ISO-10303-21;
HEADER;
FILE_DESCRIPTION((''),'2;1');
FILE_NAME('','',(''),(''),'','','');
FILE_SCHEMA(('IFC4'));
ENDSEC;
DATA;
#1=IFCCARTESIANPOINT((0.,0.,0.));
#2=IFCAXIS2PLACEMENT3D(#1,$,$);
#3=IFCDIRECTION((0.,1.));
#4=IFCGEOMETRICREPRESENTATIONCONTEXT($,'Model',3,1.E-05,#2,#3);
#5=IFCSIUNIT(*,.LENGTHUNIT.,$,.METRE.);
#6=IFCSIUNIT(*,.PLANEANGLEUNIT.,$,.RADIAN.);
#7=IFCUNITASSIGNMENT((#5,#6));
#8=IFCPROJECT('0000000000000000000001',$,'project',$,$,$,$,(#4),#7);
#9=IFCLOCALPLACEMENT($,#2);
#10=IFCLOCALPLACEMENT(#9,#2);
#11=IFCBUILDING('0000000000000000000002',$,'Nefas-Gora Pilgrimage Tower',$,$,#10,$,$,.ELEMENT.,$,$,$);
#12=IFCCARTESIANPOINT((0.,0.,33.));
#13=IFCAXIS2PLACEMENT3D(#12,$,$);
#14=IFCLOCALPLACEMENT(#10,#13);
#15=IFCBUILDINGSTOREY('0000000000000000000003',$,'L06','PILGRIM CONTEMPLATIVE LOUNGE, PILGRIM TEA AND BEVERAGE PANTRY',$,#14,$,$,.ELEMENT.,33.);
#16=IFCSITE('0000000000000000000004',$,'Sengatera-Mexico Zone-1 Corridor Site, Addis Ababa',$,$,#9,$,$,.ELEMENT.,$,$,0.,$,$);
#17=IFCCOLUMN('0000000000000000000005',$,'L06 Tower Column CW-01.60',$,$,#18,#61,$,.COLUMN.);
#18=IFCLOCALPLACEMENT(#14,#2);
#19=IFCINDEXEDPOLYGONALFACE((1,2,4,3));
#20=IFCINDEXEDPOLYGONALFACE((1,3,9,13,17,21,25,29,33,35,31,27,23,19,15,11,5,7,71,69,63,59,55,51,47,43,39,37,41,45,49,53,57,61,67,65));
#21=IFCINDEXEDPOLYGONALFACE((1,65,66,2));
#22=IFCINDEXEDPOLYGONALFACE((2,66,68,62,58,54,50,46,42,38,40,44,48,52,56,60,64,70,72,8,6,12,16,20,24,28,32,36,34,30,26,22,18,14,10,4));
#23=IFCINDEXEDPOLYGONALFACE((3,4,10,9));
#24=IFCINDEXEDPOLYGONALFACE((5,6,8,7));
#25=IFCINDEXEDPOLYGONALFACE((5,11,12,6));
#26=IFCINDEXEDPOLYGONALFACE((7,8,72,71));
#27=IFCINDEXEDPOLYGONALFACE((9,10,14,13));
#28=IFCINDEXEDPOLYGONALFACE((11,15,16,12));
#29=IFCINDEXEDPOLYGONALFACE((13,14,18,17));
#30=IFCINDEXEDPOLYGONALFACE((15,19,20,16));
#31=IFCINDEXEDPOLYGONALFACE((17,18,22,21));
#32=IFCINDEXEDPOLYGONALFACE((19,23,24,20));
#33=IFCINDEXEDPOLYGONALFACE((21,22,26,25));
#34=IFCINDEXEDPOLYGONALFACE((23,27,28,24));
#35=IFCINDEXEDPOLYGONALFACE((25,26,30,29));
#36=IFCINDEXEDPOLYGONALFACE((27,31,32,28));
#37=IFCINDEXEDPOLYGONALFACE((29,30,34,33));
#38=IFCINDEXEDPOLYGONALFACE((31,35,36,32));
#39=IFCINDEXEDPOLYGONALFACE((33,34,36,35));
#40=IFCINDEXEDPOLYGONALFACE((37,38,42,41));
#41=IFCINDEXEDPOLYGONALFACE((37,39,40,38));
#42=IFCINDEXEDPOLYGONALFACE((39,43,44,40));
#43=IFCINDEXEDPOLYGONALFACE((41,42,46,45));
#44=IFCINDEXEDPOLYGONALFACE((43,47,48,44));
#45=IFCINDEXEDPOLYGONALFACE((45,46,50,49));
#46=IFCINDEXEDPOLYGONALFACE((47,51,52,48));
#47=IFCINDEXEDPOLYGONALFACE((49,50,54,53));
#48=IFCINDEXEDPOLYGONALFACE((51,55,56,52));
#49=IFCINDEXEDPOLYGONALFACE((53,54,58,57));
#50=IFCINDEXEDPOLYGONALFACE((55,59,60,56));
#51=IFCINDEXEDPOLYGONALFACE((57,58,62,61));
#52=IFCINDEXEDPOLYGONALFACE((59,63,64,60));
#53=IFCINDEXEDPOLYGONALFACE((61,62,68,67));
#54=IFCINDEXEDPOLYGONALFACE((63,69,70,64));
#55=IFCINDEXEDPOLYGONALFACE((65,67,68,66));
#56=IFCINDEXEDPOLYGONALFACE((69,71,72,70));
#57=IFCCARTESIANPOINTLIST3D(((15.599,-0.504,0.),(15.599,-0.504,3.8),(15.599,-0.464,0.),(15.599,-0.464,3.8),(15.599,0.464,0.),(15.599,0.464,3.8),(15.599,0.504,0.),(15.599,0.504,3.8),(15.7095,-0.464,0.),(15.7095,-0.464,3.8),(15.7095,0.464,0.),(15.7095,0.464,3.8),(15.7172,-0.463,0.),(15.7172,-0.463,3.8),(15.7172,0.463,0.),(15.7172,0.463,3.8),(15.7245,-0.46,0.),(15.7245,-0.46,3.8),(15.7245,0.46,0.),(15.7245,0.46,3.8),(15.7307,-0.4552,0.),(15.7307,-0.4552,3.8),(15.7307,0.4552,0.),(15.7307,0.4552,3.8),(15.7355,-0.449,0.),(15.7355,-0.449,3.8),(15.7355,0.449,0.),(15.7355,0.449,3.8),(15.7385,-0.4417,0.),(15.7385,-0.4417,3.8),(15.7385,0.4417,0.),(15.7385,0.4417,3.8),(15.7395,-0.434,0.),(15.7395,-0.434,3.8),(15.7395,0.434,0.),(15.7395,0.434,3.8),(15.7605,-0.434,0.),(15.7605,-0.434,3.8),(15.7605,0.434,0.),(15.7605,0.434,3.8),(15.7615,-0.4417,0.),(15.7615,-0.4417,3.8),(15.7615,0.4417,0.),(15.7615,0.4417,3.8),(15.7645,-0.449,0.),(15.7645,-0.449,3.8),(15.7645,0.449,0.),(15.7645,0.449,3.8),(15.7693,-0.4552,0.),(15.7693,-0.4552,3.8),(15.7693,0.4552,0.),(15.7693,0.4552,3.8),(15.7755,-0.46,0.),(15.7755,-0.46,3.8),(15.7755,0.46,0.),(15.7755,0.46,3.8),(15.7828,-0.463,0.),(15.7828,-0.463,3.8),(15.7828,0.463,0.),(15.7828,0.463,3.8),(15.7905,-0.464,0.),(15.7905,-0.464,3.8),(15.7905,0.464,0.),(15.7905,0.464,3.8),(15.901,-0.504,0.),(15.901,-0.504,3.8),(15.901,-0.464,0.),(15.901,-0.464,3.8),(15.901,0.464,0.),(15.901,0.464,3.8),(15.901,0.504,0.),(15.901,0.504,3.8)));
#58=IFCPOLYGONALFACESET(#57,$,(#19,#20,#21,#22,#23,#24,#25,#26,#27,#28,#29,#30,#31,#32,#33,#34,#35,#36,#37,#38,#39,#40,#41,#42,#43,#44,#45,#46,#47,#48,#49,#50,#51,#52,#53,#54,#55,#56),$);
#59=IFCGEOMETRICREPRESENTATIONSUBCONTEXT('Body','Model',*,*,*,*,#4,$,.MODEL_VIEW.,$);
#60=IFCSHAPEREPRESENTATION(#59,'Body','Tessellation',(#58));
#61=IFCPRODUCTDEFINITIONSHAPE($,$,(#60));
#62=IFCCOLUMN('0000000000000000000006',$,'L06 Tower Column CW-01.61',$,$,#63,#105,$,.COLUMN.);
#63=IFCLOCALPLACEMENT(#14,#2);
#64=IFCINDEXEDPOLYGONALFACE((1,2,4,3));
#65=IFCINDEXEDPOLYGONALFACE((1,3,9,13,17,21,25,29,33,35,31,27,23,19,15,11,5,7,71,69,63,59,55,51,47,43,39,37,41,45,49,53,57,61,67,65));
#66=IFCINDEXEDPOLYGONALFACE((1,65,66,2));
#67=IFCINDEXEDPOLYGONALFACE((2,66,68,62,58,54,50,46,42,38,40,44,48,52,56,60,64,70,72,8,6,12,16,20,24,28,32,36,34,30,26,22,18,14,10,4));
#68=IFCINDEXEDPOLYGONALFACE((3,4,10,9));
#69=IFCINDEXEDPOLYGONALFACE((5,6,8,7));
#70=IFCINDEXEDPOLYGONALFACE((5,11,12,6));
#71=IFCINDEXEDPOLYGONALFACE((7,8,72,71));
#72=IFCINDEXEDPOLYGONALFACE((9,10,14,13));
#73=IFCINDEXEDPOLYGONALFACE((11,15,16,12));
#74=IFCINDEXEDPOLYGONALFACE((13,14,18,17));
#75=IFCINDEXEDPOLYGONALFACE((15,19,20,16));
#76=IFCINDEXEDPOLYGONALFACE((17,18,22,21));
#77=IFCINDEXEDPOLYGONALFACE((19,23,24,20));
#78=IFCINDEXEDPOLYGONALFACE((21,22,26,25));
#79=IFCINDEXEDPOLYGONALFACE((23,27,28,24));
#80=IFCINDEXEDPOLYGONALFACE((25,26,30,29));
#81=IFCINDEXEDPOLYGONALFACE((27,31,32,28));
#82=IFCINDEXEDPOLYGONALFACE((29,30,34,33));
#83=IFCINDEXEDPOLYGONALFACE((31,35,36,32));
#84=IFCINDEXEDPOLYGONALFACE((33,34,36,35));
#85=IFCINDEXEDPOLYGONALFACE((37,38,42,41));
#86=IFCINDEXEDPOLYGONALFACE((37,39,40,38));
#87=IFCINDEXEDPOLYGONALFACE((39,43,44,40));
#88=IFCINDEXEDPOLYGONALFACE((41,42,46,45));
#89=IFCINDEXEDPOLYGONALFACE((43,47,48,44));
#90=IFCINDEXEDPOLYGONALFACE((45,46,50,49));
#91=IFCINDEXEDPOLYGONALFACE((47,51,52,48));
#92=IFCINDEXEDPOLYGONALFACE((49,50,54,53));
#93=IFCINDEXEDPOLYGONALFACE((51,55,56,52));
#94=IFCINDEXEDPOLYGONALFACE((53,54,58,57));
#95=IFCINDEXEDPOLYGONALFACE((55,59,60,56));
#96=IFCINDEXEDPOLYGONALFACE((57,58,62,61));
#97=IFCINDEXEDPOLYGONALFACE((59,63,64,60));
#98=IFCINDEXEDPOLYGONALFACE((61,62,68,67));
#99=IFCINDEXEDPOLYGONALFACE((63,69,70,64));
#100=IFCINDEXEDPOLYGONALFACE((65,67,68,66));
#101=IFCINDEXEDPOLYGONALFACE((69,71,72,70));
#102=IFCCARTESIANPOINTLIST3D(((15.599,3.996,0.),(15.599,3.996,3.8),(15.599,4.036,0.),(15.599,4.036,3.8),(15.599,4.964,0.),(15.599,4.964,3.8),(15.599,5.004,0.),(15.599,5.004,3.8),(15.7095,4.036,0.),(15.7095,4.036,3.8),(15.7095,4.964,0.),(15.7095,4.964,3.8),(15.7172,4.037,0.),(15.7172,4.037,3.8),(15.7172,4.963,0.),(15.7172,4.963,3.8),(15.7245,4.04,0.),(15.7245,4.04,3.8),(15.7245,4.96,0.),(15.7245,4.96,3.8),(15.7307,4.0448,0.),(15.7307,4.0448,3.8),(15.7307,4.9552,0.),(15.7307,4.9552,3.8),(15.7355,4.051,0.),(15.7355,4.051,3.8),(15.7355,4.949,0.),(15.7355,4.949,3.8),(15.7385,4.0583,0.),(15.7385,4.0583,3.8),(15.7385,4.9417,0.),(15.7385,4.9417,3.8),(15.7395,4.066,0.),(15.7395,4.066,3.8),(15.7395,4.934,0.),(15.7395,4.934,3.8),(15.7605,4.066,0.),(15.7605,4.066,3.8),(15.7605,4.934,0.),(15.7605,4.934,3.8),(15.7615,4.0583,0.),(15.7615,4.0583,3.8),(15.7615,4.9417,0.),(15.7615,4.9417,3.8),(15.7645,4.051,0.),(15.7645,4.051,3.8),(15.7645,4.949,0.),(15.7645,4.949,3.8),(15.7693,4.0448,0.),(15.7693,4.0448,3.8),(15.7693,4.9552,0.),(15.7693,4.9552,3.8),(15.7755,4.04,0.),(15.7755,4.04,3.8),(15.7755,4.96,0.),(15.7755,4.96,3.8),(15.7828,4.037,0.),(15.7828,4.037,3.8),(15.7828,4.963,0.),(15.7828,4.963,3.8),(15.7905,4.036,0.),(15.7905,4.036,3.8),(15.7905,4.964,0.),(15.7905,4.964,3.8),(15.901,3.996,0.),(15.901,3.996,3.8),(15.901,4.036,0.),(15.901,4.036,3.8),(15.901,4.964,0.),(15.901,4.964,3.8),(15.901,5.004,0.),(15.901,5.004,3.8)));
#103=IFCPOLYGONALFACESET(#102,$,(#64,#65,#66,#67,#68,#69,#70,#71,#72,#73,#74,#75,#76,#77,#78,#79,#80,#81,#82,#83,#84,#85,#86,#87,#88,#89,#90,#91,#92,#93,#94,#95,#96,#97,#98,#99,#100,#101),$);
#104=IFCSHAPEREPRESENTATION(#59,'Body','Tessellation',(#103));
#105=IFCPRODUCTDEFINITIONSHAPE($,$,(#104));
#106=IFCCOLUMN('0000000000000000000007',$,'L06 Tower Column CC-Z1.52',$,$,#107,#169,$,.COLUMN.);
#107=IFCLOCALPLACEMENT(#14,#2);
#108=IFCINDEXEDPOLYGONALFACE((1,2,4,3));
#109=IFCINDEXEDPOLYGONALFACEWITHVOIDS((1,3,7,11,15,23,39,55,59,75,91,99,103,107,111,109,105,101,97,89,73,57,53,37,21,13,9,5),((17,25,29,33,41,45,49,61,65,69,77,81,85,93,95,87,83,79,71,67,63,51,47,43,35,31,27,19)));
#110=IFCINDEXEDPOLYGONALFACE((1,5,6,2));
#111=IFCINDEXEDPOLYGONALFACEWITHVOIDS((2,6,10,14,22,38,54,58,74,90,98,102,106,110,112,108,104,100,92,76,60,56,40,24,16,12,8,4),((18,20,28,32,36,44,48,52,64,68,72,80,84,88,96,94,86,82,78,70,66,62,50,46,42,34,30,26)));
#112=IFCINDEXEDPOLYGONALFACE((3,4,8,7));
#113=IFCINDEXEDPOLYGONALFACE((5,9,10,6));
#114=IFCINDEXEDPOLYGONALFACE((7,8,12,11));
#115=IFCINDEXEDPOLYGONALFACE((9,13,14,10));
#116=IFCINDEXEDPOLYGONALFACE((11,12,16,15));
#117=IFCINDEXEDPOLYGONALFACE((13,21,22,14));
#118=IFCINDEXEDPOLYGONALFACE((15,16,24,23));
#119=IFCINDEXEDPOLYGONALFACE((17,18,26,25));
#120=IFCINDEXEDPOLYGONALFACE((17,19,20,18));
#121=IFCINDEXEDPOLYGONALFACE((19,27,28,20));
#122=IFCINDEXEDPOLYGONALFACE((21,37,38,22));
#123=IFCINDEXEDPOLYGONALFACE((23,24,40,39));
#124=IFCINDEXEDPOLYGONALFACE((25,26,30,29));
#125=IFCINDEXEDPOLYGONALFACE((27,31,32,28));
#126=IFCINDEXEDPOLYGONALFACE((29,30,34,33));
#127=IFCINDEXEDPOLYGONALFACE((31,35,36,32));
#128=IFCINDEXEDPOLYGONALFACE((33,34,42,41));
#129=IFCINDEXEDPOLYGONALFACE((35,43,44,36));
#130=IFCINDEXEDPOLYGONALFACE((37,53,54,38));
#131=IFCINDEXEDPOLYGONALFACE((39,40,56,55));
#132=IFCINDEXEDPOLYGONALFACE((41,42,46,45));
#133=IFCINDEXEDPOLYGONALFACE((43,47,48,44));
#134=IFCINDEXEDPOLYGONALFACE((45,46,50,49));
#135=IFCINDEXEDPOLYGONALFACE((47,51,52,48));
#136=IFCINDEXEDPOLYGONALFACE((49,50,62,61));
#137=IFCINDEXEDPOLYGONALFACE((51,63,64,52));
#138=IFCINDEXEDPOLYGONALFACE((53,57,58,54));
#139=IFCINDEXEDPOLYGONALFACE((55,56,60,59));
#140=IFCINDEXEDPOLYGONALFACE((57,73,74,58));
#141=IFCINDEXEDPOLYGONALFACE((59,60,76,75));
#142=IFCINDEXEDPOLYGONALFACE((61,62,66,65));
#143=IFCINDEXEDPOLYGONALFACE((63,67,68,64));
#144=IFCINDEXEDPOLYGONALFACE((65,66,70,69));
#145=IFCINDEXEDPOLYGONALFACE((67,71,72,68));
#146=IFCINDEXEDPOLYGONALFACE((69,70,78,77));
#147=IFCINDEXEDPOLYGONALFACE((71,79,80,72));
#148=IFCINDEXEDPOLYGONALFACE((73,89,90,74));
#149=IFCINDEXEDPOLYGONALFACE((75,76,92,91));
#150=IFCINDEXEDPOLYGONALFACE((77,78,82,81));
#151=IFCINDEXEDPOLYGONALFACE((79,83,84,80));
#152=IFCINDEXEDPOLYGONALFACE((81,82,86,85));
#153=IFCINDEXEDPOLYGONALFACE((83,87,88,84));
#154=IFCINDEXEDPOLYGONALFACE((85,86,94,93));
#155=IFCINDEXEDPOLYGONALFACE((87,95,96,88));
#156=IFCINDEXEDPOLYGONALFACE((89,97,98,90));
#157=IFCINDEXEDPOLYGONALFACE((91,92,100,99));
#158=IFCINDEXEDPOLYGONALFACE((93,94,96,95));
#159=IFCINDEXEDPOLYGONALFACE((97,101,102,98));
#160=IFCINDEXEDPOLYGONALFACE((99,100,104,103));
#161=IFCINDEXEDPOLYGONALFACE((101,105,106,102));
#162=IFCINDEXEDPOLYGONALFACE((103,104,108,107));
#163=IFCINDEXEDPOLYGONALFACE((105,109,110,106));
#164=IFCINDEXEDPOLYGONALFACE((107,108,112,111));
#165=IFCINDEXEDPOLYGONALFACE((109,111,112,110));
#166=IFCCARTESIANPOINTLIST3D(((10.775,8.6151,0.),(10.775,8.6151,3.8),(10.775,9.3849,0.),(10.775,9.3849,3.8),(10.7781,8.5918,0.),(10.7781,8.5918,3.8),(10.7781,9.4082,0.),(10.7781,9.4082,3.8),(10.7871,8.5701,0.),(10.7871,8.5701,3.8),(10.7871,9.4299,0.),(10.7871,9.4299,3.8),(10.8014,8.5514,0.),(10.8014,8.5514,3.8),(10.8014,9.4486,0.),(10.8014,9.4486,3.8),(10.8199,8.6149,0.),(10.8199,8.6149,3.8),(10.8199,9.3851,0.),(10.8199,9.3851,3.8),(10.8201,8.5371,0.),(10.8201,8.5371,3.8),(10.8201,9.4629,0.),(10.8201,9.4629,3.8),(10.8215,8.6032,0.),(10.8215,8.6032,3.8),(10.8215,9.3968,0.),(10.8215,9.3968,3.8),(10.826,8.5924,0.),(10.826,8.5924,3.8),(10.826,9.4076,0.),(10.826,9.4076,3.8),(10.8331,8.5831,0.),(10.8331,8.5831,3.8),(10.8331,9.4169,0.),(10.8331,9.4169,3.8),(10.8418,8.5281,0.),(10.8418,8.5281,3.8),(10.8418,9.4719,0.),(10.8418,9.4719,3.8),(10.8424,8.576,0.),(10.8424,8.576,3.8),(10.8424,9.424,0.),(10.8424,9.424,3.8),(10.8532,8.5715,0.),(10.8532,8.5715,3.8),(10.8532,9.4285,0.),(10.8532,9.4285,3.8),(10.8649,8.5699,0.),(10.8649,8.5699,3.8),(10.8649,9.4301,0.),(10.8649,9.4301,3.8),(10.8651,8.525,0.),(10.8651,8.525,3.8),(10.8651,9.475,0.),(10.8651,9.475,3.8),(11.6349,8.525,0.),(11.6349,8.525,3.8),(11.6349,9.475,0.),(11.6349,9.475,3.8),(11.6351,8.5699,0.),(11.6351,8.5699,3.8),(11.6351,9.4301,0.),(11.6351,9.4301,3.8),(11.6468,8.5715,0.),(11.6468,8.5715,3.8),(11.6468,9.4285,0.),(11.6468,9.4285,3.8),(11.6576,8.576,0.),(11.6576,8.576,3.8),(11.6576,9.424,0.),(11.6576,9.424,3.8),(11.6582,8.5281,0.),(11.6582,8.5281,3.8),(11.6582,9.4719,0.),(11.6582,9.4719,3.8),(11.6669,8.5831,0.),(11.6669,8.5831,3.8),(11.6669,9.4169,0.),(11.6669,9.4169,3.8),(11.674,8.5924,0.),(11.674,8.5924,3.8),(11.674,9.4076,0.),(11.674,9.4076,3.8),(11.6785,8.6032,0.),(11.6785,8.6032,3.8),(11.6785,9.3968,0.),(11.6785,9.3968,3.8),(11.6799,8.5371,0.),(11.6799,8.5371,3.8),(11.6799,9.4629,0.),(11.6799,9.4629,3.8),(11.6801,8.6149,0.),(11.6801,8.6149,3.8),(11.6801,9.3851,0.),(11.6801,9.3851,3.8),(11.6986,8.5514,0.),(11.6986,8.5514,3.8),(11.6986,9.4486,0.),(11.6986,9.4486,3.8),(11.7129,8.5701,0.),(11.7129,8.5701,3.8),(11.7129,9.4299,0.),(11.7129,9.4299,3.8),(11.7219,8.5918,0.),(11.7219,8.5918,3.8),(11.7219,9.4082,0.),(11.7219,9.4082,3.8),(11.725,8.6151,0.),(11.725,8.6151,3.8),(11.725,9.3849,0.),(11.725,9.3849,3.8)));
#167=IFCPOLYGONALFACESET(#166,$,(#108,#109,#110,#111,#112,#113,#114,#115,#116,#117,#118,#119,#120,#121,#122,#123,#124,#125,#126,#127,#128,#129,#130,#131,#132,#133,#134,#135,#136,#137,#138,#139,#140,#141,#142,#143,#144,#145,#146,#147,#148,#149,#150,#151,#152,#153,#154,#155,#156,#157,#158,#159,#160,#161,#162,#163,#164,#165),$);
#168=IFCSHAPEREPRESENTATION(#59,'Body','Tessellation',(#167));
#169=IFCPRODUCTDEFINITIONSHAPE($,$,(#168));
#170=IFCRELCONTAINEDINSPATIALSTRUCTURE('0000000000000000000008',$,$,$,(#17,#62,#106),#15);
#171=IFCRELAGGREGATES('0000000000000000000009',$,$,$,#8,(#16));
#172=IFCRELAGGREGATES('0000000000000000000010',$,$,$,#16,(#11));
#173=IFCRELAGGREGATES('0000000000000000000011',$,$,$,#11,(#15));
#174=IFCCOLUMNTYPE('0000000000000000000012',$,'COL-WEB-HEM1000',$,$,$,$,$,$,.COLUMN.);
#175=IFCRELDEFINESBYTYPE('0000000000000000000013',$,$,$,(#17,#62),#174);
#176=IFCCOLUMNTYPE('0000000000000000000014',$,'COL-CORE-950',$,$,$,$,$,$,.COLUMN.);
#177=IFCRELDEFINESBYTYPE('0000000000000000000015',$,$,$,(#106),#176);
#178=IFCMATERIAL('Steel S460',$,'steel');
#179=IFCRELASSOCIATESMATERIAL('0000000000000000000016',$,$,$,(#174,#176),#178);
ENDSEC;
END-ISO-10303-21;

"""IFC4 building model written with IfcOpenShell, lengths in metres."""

from ifc_helpers import new_model, si_unit, direction, frame, origin, origin_2d, place, context, subcontext, project, spatial, hollow_rectangle, i_section, extrude, source, transform, mapped, material, material_profile, profile_set, type_object, element, save


model = new_model("IFC4")

# Units and contexts
model_context = context("Model", 3, precision=1e-05, world=origin(), true_north=direction((0.0, 1.0)))
body_context = subcontext(model_context, "Body", "Model", "MODEL_VIEW")
ifc_project = project(units=[si_unit("LENGTHUNIT", "METRE"), si_unit("PLANEANGLEUNIT", "RADIAN")], contexts=[model_context])

# Site, building, storey
site_placement = place(None, origin())
site = spatial("IfcSite", under=ifc_project, at=site_placement, Name="Sengatera-Mexico Zone-1 Corridor Site, Addis Ababa", CompositionType="ELEMENT", RefElevation=0.0)
building_placement = place(site_placement, origin())
building = spatial("IfcBuilding", under=site, at=building_placement, Name="Nefas-Gora Pilgrimage Tower", CompositionType="ELEMENT")
storey_placement = place(building_placement, frame((0.0, 0.0, 33.0)))
storey = spatial("IfcBuildingStorey", under=building, at=storey_placement, Name="L06", Description="PILGRIM CONTEMPLATIVE LOUNGE, PILGRIM TEA AND BEVERAGE PANTRY", CompositionType="ELEMENT", Elevation=33.0)

# Columns
ifc_material_1 = material(Name="Steel S460", Category="steel")
ifc_material_profile_1 = material_profile(ifc_material_1, i_section(OverallWidth=0.302, OverallDepth=1.0081, WebThickness=0.021, FlangeThickness=0.04, FilletRadius=0.03, at=origin_2d()), Name="HEM 1000")
ifc_profile_set_1 = profile_set([ifc_material_profile_1], Name="Steel S460")
column_type_1 = type_object("IfcColumnType", Name="COL-WEB-HEM1000", PredefinedType="COLUMN", material=ifc_profile_set_1)
shared_shape_1 = source(origin(), body_context, "Body", "SweptSolid", [
    extrude(i_section(OverallWidth=0.302, OverallDepth=1.0081, WebThickness=0.021, FlangeThickness=0.04, FilletRadius=0.03, at=origin_2d()), origin(), (0.0, 0.0, 1.0), 3.8),
])
for number, where, z_axis, x_axis, name in (
    (1, (15.75, 0.0, 0.0), (0.0, 0.0, 1.0), (1.0, 0.0, 0.0), "L06 Tower Column CW-01.60"),
    (2, (15.75, 4.5, 0.0), (0.0, 0.0, 1.0), (1.0, 0.0, 0.0), "L06 Tower Column CW-01.61"),
):
    element("IfcColumn", number, at=place(storey_placement, frame(where, z_axis=z_axis, x_axis=x_axis)), inside=storey, type_object=column_type_1, Name=name, PredefinedType="COLUMN", context=body_context, shape_type="MappedRepresentation", body=[
        mapped(shared_shape_1, transform((0.0, 0.0, 0.0), x_axis=(1.0, 0.0, 0.0), y_axis=(0.0, 1.0, 0.0), z_axis=(0.0, 0.0, 1.0), scale=1.0)),
    ])
ifc_material_profile_2 = material_profile(ifc_material_1, hollow_rectangle(XDim=0.95, YDim=0.95, WallThickness=0.0449, InnerFilletRadius=0.0449, OuterFilletRadius=0.0901, at=origin_2d()), Name="BOX 950x950x45")
ifc_profile_set_2 = profile_set([ifc_material_profile_2], Name="Steel S460")
column_type_2 = type_object("IfcColumnType", Name="COL-CORE-950", PredefinedType="COLUMN", material=ifc_profile_set_2)
shared_shape_2 = source(origin(), body_context, "Body", "SweptSolid", [
    extrude(hollow_rectangle(XDim=0.95, YDim=0.95, WallThickness=0.0449, InnerFilletRadius=0.0449, OuterFilletRadius=0.0901, at=origin_2d()), origin(), (0.0, 0.0, 1.0), 3.8),
])
column_placement = place(storey_placement, frame((11.25, 9.0, 0.0), z_axis=(0.0, 0.0, 1.0), x_axis=(1.0, 0.0, 0.0)))
element("IfcColumn", 3, at=column_placement, inside=storey, type_object=column_type_2, Name="L06 Tower Column CC-Z1.52", PredefinedType="COLUMN", context=body_context, shape_type="MappedRepresentation", body=[
    mapped(shared_shape_2, transform((0.0, 0.0, 0.0), x_axis=(1.0, 0.0, 0.0), y_axis=(0.0, 1.0, 0.0), z_axis=(0.0, 0.0, 1.0), scale=1.0)),
])

save(model, "model.ifc")
